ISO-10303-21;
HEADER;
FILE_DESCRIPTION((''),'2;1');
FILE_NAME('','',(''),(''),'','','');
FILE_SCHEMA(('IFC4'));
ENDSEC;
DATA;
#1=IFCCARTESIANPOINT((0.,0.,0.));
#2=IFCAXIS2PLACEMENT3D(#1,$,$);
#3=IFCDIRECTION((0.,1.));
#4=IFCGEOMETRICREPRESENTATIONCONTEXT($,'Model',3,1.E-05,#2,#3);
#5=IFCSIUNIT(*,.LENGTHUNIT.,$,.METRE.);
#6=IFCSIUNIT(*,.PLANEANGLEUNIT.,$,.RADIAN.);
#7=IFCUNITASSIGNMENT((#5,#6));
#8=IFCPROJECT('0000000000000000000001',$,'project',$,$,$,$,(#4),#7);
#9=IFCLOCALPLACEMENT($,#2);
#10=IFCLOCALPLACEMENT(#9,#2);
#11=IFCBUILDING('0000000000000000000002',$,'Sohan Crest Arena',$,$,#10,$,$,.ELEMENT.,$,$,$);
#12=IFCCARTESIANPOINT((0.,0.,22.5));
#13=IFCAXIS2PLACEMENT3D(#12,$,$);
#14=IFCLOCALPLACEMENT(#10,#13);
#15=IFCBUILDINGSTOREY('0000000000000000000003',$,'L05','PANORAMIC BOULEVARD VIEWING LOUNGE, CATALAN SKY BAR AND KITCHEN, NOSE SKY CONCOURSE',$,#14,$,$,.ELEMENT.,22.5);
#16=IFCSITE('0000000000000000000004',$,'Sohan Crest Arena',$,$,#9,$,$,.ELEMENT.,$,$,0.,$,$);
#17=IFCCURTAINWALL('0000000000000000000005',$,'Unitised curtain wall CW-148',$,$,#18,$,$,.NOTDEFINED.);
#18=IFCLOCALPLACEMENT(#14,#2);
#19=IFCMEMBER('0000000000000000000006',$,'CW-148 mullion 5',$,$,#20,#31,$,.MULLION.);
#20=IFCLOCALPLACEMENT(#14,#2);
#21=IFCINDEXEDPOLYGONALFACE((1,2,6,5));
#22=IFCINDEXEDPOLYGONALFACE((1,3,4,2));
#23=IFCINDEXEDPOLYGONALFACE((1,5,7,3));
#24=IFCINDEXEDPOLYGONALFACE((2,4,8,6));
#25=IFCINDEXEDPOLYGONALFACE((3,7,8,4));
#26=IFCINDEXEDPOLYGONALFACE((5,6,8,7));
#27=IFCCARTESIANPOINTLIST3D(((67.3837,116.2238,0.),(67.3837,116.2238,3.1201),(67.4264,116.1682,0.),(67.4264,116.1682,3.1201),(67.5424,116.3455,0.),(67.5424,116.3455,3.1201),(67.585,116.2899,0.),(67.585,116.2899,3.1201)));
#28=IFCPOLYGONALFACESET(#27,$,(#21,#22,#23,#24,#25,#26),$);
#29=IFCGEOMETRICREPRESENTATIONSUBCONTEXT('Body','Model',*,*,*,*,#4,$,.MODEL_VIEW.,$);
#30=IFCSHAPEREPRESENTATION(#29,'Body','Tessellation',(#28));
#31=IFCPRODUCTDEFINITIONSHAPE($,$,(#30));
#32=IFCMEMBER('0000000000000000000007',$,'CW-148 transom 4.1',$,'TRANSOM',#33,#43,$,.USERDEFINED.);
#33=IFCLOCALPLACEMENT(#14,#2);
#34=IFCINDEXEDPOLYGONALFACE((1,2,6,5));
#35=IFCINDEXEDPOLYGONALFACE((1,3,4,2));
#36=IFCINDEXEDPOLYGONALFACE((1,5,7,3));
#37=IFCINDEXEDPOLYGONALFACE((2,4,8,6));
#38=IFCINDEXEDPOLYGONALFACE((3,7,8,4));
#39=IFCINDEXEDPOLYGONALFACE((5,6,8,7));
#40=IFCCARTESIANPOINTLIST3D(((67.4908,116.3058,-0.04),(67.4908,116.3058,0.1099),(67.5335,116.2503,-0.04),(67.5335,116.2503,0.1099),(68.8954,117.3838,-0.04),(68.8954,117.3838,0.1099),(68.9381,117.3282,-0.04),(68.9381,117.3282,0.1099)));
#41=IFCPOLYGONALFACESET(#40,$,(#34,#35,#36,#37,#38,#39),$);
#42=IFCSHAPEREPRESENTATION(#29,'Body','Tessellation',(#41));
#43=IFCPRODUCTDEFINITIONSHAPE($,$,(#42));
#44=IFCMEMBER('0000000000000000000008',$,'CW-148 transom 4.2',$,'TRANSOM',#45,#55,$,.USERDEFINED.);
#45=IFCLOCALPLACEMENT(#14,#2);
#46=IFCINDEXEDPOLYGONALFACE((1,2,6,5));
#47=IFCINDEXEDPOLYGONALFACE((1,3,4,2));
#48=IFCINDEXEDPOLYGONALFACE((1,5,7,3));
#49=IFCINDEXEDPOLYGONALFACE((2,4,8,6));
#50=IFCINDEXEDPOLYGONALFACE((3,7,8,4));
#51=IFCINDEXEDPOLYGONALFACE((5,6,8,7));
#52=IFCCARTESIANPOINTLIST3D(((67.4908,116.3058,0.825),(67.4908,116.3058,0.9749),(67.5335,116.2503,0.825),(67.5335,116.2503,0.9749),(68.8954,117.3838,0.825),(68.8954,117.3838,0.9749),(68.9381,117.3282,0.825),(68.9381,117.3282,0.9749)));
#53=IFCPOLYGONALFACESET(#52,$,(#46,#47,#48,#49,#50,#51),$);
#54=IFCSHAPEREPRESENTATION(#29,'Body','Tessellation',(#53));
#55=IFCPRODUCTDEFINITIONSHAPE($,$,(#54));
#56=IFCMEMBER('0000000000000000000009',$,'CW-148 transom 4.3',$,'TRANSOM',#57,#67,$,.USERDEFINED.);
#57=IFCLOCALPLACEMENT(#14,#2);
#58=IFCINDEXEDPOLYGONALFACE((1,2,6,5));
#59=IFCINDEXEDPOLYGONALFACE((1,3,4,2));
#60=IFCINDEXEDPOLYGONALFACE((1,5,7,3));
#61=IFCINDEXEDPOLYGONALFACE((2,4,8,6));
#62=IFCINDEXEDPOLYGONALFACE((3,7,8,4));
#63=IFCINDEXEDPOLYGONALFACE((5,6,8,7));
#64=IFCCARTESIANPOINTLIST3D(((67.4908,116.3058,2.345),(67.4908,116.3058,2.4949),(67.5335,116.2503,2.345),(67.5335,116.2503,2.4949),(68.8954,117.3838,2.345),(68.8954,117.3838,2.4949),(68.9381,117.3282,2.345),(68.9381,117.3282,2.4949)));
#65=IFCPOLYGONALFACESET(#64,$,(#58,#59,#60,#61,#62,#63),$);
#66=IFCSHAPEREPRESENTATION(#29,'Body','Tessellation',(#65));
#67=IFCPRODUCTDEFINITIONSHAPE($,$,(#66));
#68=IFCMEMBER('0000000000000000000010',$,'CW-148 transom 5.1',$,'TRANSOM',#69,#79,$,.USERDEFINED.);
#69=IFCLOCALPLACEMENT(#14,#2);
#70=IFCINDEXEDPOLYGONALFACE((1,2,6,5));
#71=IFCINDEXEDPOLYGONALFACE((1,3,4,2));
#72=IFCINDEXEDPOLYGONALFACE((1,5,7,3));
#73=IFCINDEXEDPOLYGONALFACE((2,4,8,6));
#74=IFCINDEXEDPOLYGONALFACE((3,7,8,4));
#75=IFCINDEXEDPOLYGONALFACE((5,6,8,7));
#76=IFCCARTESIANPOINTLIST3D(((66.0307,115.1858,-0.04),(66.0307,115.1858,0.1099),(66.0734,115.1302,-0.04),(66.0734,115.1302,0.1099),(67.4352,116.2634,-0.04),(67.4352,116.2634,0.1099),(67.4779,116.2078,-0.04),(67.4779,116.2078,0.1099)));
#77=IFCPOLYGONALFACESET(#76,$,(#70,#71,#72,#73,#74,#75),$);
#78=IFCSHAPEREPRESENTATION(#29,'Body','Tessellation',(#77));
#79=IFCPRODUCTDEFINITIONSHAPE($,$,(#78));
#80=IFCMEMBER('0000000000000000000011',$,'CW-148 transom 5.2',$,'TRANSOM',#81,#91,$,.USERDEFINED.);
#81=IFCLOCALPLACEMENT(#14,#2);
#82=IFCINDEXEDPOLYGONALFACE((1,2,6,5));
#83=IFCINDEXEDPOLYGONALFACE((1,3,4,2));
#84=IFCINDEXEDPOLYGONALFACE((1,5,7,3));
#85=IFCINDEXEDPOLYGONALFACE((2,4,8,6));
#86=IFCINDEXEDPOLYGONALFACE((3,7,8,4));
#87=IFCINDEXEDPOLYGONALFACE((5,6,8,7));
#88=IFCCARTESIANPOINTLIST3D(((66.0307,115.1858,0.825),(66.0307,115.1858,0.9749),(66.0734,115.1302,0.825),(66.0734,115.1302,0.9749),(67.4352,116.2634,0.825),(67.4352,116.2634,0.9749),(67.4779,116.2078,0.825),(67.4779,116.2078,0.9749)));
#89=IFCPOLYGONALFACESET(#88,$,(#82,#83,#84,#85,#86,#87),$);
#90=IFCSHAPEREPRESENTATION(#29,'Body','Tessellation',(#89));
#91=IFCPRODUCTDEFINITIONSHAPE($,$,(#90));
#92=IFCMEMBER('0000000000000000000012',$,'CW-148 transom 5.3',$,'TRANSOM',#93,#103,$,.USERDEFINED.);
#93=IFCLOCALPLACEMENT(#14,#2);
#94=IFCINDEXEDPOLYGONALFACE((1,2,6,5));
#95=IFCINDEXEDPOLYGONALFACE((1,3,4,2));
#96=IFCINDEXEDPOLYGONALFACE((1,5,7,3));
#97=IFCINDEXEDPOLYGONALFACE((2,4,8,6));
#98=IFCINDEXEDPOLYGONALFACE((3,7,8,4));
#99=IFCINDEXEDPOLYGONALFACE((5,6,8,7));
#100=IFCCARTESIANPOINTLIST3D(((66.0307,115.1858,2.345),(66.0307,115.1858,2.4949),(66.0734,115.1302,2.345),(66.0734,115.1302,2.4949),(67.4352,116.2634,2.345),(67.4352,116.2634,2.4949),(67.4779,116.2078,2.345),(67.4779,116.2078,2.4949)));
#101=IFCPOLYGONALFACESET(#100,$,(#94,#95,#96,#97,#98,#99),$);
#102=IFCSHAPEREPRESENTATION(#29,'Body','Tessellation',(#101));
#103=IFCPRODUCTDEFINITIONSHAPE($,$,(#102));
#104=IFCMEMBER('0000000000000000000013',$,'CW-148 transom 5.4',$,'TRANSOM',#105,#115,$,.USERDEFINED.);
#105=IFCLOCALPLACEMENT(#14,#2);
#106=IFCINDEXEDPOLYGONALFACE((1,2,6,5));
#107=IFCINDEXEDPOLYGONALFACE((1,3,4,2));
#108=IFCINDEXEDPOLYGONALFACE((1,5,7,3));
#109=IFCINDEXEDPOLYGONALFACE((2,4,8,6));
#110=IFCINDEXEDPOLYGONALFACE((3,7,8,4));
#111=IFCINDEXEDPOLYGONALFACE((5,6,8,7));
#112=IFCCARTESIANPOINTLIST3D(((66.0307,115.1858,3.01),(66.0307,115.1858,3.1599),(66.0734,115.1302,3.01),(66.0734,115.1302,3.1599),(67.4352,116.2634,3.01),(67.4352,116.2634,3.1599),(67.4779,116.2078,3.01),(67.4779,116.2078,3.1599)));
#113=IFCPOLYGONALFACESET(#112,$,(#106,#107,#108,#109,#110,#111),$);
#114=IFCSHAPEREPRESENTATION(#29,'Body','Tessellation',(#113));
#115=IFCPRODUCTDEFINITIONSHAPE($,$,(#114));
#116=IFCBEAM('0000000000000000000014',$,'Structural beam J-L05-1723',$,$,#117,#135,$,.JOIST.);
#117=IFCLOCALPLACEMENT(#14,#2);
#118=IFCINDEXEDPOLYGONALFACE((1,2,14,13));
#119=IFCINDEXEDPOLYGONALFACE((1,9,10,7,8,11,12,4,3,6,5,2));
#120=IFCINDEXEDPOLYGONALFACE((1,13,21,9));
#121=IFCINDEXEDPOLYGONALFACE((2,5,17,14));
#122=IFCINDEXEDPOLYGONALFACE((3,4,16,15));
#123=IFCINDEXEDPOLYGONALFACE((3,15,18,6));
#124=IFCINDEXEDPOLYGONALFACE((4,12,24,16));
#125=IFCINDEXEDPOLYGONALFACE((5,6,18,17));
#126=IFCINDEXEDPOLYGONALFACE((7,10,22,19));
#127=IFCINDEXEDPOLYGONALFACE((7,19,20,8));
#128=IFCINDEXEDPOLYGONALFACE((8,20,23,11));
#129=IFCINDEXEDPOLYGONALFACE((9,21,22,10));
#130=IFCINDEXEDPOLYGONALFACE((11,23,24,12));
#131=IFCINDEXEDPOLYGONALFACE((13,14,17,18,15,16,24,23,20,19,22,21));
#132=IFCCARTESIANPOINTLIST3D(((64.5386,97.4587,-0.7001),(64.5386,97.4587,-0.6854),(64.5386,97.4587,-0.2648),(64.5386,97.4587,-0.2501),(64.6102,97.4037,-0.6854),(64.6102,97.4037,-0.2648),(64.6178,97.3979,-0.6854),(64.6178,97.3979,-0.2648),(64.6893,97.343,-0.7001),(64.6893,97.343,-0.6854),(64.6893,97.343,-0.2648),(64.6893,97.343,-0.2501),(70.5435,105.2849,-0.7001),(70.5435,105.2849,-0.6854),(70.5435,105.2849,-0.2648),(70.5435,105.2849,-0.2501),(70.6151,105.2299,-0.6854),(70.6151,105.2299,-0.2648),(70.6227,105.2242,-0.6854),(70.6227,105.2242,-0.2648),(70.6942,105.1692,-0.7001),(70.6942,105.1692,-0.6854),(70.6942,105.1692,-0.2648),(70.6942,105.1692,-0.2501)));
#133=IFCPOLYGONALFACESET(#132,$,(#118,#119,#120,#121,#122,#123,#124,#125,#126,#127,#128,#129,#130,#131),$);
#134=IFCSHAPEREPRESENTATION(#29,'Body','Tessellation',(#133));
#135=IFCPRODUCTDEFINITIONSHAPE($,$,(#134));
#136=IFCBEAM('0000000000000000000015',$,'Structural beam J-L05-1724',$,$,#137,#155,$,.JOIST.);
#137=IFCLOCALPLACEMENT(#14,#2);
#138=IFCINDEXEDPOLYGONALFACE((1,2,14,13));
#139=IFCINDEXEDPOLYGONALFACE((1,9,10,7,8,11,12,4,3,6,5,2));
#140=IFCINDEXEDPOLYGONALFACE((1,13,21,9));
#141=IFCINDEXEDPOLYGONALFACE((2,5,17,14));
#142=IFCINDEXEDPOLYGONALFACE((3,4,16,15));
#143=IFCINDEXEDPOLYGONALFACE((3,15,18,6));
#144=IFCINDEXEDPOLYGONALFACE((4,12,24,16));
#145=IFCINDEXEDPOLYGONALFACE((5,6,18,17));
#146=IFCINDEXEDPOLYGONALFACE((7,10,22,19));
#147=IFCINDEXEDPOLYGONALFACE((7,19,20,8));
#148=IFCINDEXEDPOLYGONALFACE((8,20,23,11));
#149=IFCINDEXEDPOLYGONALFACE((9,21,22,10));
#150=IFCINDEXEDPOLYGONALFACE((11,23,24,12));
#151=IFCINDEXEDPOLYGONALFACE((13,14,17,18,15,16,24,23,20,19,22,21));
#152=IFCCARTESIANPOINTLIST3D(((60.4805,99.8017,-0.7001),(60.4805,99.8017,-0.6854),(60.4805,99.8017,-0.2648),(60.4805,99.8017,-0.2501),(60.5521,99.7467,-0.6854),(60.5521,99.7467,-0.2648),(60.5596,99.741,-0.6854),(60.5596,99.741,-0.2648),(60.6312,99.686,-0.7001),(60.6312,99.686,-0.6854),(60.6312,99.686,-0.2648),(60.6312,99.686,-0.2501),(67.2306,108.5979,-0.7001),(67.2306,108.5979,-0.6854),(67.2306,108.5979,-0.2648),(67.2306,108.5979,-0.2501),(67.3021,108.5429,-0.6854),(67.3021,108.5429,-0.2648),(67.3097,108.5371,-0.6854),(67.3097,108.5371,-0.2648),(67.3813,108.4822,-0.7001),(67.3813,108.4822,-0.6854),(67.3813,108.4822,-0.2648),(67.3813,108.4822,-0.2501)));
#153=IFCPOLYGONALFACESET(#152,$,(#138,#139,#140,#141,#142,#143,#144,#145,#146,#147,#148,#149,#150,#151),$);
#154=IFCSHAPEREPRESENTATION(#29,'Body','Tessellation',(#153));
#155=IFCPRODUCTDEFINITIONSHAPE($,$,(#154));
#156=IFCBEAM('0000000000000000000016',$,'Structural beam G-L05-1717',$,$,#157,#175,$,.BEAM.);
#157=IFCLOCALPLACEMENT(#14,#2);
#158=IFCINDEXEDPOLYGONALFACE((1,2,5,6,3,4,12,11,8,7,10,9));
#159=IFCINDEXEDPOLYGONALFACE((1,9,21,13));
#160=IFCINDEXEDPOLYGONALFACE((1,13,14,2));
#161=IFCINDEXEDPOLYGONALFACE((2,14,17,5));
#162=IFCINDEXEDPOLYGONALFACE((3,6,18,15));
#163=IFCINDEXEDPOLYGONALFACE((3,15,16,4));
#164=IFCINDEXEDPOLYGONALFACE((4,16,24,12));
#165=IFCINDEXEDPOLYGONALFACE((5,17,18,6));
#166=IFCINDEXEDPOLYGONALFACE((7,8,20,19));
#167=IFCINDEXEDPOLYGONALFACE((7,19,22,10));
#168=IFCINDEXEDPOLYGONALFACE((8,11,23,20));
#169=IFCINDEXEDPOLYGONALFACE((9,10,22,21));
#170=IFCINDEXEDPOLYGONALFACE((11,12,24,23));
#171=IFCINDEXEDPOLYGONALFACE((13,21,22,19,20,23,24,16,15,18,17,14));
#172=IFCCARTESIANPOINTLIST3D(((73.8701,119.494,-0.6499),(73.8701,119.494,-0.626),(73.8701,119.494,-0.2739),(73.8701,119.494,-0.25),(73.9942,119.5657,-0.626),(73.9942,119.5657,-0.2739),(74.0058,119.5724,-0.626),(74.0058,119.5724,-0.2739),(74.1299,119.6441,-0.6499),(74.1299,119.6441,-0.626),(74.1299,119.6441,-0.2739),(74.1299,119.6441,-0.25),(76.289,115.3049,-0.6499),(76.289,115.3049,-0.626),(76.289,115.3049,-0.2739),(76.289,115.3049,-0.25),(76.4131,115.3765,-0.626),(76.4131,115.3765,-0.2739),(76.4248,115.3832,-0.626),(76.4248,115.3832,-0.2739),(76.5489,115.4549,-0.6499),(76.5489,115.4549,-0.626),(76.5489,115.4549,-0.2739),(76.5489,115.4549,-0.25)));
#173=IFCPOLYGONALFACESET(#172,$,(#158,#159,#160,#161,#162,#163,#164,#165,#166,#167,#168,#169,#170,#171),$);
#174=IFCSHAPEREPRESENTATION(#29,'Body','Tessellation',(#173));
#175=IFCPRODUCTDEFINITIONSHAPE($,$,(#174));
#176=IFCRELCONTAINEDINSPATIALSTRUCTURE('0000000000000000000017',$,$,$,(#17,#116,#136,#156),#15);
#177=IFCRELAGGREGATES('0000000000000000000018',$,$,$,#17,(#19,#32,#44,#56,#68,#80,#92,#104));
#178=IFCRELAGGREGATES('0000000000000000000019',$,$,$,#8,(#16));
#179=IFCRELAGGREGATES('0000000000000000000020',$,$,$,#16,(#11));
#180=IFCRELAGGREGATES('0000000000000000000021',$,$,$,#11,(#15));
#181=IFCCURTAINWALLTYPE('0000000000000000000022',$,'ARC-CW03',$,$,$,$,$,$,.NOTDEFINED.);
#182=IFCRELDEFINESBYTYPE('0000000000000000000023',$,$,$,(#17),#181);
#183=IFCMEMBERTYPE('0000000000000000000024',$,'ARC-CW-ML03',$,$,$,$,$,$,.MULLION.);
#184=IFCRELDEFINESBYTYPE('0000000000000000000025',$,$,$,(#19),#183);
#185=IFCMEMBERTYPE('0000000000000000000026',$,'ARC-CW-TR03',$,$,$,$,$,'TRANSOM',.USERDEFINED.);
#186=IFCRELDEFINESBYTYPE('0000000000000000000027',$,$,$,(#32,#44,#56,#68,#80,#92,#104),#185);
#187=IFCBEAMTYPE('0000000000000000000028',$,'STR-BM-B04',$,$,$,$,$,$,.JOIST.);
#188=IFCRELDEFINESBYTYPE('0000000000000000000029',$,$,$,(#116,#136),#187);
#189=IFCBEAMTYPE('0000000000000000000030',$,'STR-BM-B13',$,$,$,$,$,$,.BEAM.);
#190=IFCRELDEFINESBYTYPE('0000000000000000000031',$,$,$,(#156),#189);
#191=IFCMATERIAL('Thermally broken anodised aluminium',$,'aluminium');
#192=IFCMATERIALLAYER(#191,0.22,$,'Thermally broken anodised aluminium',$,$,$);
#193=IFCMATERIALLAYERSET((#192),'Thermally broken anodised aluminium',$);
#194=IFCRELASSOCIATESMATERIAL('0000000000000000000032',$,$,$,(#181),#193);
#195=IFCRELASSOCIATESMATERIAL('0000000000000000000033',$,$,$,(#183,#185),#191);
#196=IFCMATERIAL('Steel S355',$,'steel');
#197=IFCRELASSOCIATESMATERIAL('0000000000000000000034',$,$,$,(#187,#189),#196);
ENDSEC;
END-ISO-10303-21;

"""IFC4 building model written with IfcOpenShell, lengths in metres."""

from ifc_helpers import new_model, si_unit, direction, frame, origin, origin_2d, place, context, subcontext, project, spatial, rectangle, i_section, extrude, material, layer, layer_set, material_profile, profile_set, type_object, element, aggregate, save


model = new_model("IFC4")

# Units and contexts
model_context = context("Model", 3, precision=1e-05, world=origin(), true_north=direction((0.0, 1.0)))
body_context = subcontext(model_context, "Body", "Model", "MODEL_VIEW")
ifc_project = project(units=[si_unit("LENGTHUNIT", "METRE"), si_unit("PLANEANGLEUNIT", "RADIAN")], contexts=[model_context])

# Site, building, storey
site_placement = place(None, origin())
site = spatial("IfcSite", under=ifc_project, at=site_placement, Name="Sohan Crest Arena", CompositionType="ELEMENT", RefElevation=0.0)
building_placement = place(site_placement, origin())
building = spatial("IfcBuilding", under=site, at=building_placement, Name="Sohan Crest Arena", CompositionType="ELEMENT")
storey_placement = place(building_placement, frame((0.0, 0.0, 22.5)))
storey = spatial("IfcBuildingStorey", under=building, at=storey_placement, Name="L05", Description="PANORAMIC BOULEVARD VIEWING LOUNGE, CATALAN SKY BAR AND KITCHEN, NOSE SKY CONCOURSE", CompositionType="ELEMENT", Elevation=22.5)

# Curtain wall, members
ifc_material_1 = material(Name="Thermally broken anodised aluminium", Category="aluminium")
ifc_layer_1 = layer(ifc_material_1, 0.22, Name="Thermally broken anodised aluminium")
ifc_layer_set_1 = layer_set([ifc_layer_1], Name="Thermally broken anodised aluminium")
curtain_wall_type = type_object("IfcCurtainWallType", Name="ARC-CW03", PredefinedType="NOTDEFINED", material=ifc_layer_set_1)
curtain_wall_placement = place(storey_placement, origin())
curtain_wall = element("IfcCurtainWall", 1, at=curtain_wall_placement, inside=storey, type_object=curtain_wall_type, Name="Unitised curtain wall CW-148", PredefinedType="NOTDEFINED")
ifc_material_profile_1 = material_profile(ifc_material_1, rectangle(XDim=0.0701, YDim=0.2, at=origin_2d()), Name="ALU-MULL 70x200")
ifc_profile_set_1 = profile_set([ifc_material_profile_1], Name="Thermally broken anodised aluminium")
member_type_1 = type_object("IfcMemberType", Name="ARC-CW-ML03", PredefinedType="MULLION", material=ifc_profile_set_1)
member_1_placement = place(storey_placement, frame((67.4844, 116.2568, 0.0), z_axis=(0.0, 0.0, 1.0), x_axis=(0.60872, -0.793385, 0.0)))
member_1 = element("IfcMember", 2, at=member_1_placement, type_object=member_type_1, Name="CW-148 mullion 5", PredefinedType="MULLION", context=body_context, shape_type="SweptSolid", body=[
    extrude(rectangle(XDim=0.0701, YDim=0.2, at=origin_2d()), origin(), (0.0, 0.0, 1.0), 3.1201),
])
ifc_material_profile_2 = material_profile(ifc_material_1, rectangle(XDim=0.0701, YDim=0.1499, at=origin_2d()), Name="ALU-TRAN 70x150")
ifc_profile_set_2 = profile_set([ifc_material_profile_2], Name="Thermally broken anodised aluminium")
member_type_2 = type_object("IfcMemberType", Name="ARC-CW-TR03", ElementType="TRANSOM", PredefinedType="USERDEFINED", material=ifc_profile_set_2)
member_2_placement = place(storey_placement, frame((68.9167, 117.356, 0.0349), z_axis=(-0.793316, -0.608811, 0.0), x_axis=(0.608811, -0.793316, 0.0)))
member_2 = element("IfcMember", 3, at=member_2_placement, type_object=member_type_2, Name="CW-148 transom 4.1", ObjectType="TRANSOM", PredefinedType="USERDEFINED", context=body_context, shape_type="SweptSolid", body=[
    extrude(rectangle(XDim=0.0701, YDim=0.1499, at=origin_2d()), origin(), (0.0, 0.0, 1.0), 1.7705),
])
member_3_placement = place(storey_placement, frame((68.9167, 117.356, 0.8999), z_axis=(-0.793316, -0.608811, 0.0), x_axis=(0.608811, -0.793316, 0.0)))
member_3 = element("IfcMember", 4, at=member_3_placement, type_object=member_type_2, Name="CW-148 transom 4.2", ObjectType="TRANSOM", PredefinedType="USERDEFINED", context=body_context, shape_type="SweptSolid", body=[
    extrude(rectangle(XDim=0.0701, YDim=0.1499, at=origin_2d()), origin(), (0.0, 0.0, 1.0), 1.7705),
])
member_4_placement = place(storey_placement, frame((68.9167, 117.356, 2.4199), z_axis=(-0.793316, -0.608811, 0.0), x_axis=(0.608811, -0.793316, 0.0)))
member_4 = element("IfcMember", 5, at=member_4_placement, type_object=member_type_2, Name="CW-148 transom 4.3", ObjectType="TRANSOM", PredefinedType="USERDEFINED", context=body_context, shape_type="SweptSolid", body=[
    extrude(rectangle(XDim=0.0701, YDim=0.1499, at=origin_2d()), origin(), (0.0, 0.0, 1.0), 1.7705),
])
member_5_placement = place(storey_placement, frame((67.4565, 116.2356, 0.0349), z_axis=(-0.793382, -0.608724, 0.0), x_axis=(0.608724, -0.793382, 0.0)))
member_5 = element("IfcMember", 6, at=member_5_placement, type_object=member_type_2, Name="CW-148 transom 5.1", ObjectType="TRANSOM", PredefinedType="USERDEFINED", context=body_context, shape_type="SweptSolid", body=[
    extrude(rectangle(XDim=0.0701, YDim=0.1499, at=origin_2d()), origin(), (0.0, 0.0, 1.0), 1.7703),
])
member_6_placement = place(storey_placement, frame((67.4565, 116.2356, 0.8999), z_axis=(-0.793382, -0.608724, 0.0), x_axis=(0.608724, -0.793382, 0.0)))
member_6 = element("IfcMember", 7, at=member_6_placement, type_object=member_type_2, Name="CW-148 transom 5.2", ObjectType="TRANSOM", PredefinedType="USERDEFINED", context=body_context, shape_type="SweptSolid", body=[
    extrude(rectangle(XDim=0.0701, YDim=0.1499, at=origin_2d()), origin(), (0.0, 0.0, 1.0), 1.7703),
])
member_7_placement = place(storey_placement, frame((67.4565, 116.2356, 2.4199), z_axis=(-0.793382, -0.608724, 0.0), x_axis=(0.608724, -0.793382, 0.0)))
member_7 = element("IfcMember", 8, at=member_7_placement, type_object=member_type_2, Name="CW-148 transom 5.3", ObjectType="TRANSOM", PredefinedType="USERDEFINED", context=body_context, shape_type="SweptSolid", body=[
    extrude(rectangle(XDim=0.0701, YDim=0.1499, at=origin_2d()), origin(), (0.0, 0.0, 1.0), 1.7703),
])
member_8_placement = place(storey_placement, frame((67.4565, 116.2356, 3.085), z_axis=(-0.793382, -0.608724, 0.0), x_axis=(0.608724, -0.793382, 0.0)))
member_8 = element("IfcMember", 9, at=member_8_placement, type_object=member_type_2, Name="CW-148 transom 5.4", ObjectType="TRANSOM", PredefinedType="USERDEFINED", context=body_context, shape_type="SweptSolid", body=[
    extrude(rectangle(XDim=0.0701, YDim=0.1499, at=origin_2d()), origin(), (0.0, 0.0, 1.0), 1.7703),
])

# Beams
ifc_material_2 = material(Name="Steel S355", Category="steel")
ifc_material_profile_3 = material_profile(ifc_material_2, i_section(OverallWidth=0.1899, OverallDepth=0.45, WebThickness=0.0095, FlangeThickness=0.0146, at=origin_2d()), Name="IPE 450")
ifc_profile_set_3 = profile_set([ifc_material_profile_3], Name="Steel S355")
beam_type_1 = type_object("IfcBeamType", Name="STR-BM-B04", PredefinedType="JOIST", material=ifc_profile_set_3)
beam_1_placement = place(storey_placement, frame((70.6189, 105.2271, -0.4751), z_axis=(-0.608739, -0.79337, 0.0), x_axis=(0.79337, -0.608739, 0.0)))
element("IfcBeam", 10, at=beam_1_placement, inside=storey, type_object=beam_type_1, Name="Structural beam J-L05-1723", PredefinedType="JOIST", context=body_context, shape_type="SweptSolid", body=[
    extrude(i_section(OverallWidth=0.1899, OverallDepth=0.45, WebThickness=0.0095, FlangeThickness=0.0146, at=origin_2d()), origin(), (0.0, 0.0, 1.0), 9.8645),
])
beam_2_placement = place(storey_placement, frame((67.3059, 108.54, -0.4751), z_axis=(-0.608789, -0.793332, 0.0), x_axis=(0.793332, -0.608789, 0.0)))
element("IfcBeam", 11, at=beam_2_placement, inside=storey, type_object=beam_type_1, Name="Structural beam J-L05-1724", PredefinedType="JOIST", context=body_context, shape_type="SweptSolid", body=[
    extrude(i_section(OverallWidth=0.1899, OverallDepth=0.45, WebThickness=0.0095, FlangeThickness=0.0146, at=origin_2d()), origin(), (0.0, 0.0, 1.0), 11.0876),
])
ifc_material_profile_4 = material_profile(ifc_material_2, i_section(OverallWidth=0.3, OverallDepth=0.3999, WebThickness=0.0134, FlangeThickness=0.0239, at=origin_2d()), Name="HEB 400")
ifc_profile_set_4 = profile_set([ifc_material_profile_4], Name="Steel S355")
beam_type_2 = type_object("IfcBeamType", Name="STR-BM-B13", PredefinedType="BEAM", material=ifc_profile_set_4)
beam_3_placement = place(storey_placement, frame((76.4189, 115.3799, -0.45), z_axis=(-0.500047, 0.865998, 0.0), x_axis=(-0.865998, -0.500047, 0.0)))
element("IfcBeam", 12, at=beam_3_placement, inside=storey, type_object=beam_type_2, Name="Structural beam G-L05-1717", PredefinedType="BEAM", context=body_context, shape_type="SweptSolid", body=[
    extrude(i_section(OverallWidth=0.3, OverallDepth=0.3999, WebThickness=0.0134, FlangeThickness=0.0239, at=origin_2d()), origin(), (0.0, 0.0, 1.0), 4.8374),
])

aggregate(curtain_wall, [member_1, member_2, member_3, member_4, member_5, member_6, member_7, member_8])

save(model, "model.ifc")
